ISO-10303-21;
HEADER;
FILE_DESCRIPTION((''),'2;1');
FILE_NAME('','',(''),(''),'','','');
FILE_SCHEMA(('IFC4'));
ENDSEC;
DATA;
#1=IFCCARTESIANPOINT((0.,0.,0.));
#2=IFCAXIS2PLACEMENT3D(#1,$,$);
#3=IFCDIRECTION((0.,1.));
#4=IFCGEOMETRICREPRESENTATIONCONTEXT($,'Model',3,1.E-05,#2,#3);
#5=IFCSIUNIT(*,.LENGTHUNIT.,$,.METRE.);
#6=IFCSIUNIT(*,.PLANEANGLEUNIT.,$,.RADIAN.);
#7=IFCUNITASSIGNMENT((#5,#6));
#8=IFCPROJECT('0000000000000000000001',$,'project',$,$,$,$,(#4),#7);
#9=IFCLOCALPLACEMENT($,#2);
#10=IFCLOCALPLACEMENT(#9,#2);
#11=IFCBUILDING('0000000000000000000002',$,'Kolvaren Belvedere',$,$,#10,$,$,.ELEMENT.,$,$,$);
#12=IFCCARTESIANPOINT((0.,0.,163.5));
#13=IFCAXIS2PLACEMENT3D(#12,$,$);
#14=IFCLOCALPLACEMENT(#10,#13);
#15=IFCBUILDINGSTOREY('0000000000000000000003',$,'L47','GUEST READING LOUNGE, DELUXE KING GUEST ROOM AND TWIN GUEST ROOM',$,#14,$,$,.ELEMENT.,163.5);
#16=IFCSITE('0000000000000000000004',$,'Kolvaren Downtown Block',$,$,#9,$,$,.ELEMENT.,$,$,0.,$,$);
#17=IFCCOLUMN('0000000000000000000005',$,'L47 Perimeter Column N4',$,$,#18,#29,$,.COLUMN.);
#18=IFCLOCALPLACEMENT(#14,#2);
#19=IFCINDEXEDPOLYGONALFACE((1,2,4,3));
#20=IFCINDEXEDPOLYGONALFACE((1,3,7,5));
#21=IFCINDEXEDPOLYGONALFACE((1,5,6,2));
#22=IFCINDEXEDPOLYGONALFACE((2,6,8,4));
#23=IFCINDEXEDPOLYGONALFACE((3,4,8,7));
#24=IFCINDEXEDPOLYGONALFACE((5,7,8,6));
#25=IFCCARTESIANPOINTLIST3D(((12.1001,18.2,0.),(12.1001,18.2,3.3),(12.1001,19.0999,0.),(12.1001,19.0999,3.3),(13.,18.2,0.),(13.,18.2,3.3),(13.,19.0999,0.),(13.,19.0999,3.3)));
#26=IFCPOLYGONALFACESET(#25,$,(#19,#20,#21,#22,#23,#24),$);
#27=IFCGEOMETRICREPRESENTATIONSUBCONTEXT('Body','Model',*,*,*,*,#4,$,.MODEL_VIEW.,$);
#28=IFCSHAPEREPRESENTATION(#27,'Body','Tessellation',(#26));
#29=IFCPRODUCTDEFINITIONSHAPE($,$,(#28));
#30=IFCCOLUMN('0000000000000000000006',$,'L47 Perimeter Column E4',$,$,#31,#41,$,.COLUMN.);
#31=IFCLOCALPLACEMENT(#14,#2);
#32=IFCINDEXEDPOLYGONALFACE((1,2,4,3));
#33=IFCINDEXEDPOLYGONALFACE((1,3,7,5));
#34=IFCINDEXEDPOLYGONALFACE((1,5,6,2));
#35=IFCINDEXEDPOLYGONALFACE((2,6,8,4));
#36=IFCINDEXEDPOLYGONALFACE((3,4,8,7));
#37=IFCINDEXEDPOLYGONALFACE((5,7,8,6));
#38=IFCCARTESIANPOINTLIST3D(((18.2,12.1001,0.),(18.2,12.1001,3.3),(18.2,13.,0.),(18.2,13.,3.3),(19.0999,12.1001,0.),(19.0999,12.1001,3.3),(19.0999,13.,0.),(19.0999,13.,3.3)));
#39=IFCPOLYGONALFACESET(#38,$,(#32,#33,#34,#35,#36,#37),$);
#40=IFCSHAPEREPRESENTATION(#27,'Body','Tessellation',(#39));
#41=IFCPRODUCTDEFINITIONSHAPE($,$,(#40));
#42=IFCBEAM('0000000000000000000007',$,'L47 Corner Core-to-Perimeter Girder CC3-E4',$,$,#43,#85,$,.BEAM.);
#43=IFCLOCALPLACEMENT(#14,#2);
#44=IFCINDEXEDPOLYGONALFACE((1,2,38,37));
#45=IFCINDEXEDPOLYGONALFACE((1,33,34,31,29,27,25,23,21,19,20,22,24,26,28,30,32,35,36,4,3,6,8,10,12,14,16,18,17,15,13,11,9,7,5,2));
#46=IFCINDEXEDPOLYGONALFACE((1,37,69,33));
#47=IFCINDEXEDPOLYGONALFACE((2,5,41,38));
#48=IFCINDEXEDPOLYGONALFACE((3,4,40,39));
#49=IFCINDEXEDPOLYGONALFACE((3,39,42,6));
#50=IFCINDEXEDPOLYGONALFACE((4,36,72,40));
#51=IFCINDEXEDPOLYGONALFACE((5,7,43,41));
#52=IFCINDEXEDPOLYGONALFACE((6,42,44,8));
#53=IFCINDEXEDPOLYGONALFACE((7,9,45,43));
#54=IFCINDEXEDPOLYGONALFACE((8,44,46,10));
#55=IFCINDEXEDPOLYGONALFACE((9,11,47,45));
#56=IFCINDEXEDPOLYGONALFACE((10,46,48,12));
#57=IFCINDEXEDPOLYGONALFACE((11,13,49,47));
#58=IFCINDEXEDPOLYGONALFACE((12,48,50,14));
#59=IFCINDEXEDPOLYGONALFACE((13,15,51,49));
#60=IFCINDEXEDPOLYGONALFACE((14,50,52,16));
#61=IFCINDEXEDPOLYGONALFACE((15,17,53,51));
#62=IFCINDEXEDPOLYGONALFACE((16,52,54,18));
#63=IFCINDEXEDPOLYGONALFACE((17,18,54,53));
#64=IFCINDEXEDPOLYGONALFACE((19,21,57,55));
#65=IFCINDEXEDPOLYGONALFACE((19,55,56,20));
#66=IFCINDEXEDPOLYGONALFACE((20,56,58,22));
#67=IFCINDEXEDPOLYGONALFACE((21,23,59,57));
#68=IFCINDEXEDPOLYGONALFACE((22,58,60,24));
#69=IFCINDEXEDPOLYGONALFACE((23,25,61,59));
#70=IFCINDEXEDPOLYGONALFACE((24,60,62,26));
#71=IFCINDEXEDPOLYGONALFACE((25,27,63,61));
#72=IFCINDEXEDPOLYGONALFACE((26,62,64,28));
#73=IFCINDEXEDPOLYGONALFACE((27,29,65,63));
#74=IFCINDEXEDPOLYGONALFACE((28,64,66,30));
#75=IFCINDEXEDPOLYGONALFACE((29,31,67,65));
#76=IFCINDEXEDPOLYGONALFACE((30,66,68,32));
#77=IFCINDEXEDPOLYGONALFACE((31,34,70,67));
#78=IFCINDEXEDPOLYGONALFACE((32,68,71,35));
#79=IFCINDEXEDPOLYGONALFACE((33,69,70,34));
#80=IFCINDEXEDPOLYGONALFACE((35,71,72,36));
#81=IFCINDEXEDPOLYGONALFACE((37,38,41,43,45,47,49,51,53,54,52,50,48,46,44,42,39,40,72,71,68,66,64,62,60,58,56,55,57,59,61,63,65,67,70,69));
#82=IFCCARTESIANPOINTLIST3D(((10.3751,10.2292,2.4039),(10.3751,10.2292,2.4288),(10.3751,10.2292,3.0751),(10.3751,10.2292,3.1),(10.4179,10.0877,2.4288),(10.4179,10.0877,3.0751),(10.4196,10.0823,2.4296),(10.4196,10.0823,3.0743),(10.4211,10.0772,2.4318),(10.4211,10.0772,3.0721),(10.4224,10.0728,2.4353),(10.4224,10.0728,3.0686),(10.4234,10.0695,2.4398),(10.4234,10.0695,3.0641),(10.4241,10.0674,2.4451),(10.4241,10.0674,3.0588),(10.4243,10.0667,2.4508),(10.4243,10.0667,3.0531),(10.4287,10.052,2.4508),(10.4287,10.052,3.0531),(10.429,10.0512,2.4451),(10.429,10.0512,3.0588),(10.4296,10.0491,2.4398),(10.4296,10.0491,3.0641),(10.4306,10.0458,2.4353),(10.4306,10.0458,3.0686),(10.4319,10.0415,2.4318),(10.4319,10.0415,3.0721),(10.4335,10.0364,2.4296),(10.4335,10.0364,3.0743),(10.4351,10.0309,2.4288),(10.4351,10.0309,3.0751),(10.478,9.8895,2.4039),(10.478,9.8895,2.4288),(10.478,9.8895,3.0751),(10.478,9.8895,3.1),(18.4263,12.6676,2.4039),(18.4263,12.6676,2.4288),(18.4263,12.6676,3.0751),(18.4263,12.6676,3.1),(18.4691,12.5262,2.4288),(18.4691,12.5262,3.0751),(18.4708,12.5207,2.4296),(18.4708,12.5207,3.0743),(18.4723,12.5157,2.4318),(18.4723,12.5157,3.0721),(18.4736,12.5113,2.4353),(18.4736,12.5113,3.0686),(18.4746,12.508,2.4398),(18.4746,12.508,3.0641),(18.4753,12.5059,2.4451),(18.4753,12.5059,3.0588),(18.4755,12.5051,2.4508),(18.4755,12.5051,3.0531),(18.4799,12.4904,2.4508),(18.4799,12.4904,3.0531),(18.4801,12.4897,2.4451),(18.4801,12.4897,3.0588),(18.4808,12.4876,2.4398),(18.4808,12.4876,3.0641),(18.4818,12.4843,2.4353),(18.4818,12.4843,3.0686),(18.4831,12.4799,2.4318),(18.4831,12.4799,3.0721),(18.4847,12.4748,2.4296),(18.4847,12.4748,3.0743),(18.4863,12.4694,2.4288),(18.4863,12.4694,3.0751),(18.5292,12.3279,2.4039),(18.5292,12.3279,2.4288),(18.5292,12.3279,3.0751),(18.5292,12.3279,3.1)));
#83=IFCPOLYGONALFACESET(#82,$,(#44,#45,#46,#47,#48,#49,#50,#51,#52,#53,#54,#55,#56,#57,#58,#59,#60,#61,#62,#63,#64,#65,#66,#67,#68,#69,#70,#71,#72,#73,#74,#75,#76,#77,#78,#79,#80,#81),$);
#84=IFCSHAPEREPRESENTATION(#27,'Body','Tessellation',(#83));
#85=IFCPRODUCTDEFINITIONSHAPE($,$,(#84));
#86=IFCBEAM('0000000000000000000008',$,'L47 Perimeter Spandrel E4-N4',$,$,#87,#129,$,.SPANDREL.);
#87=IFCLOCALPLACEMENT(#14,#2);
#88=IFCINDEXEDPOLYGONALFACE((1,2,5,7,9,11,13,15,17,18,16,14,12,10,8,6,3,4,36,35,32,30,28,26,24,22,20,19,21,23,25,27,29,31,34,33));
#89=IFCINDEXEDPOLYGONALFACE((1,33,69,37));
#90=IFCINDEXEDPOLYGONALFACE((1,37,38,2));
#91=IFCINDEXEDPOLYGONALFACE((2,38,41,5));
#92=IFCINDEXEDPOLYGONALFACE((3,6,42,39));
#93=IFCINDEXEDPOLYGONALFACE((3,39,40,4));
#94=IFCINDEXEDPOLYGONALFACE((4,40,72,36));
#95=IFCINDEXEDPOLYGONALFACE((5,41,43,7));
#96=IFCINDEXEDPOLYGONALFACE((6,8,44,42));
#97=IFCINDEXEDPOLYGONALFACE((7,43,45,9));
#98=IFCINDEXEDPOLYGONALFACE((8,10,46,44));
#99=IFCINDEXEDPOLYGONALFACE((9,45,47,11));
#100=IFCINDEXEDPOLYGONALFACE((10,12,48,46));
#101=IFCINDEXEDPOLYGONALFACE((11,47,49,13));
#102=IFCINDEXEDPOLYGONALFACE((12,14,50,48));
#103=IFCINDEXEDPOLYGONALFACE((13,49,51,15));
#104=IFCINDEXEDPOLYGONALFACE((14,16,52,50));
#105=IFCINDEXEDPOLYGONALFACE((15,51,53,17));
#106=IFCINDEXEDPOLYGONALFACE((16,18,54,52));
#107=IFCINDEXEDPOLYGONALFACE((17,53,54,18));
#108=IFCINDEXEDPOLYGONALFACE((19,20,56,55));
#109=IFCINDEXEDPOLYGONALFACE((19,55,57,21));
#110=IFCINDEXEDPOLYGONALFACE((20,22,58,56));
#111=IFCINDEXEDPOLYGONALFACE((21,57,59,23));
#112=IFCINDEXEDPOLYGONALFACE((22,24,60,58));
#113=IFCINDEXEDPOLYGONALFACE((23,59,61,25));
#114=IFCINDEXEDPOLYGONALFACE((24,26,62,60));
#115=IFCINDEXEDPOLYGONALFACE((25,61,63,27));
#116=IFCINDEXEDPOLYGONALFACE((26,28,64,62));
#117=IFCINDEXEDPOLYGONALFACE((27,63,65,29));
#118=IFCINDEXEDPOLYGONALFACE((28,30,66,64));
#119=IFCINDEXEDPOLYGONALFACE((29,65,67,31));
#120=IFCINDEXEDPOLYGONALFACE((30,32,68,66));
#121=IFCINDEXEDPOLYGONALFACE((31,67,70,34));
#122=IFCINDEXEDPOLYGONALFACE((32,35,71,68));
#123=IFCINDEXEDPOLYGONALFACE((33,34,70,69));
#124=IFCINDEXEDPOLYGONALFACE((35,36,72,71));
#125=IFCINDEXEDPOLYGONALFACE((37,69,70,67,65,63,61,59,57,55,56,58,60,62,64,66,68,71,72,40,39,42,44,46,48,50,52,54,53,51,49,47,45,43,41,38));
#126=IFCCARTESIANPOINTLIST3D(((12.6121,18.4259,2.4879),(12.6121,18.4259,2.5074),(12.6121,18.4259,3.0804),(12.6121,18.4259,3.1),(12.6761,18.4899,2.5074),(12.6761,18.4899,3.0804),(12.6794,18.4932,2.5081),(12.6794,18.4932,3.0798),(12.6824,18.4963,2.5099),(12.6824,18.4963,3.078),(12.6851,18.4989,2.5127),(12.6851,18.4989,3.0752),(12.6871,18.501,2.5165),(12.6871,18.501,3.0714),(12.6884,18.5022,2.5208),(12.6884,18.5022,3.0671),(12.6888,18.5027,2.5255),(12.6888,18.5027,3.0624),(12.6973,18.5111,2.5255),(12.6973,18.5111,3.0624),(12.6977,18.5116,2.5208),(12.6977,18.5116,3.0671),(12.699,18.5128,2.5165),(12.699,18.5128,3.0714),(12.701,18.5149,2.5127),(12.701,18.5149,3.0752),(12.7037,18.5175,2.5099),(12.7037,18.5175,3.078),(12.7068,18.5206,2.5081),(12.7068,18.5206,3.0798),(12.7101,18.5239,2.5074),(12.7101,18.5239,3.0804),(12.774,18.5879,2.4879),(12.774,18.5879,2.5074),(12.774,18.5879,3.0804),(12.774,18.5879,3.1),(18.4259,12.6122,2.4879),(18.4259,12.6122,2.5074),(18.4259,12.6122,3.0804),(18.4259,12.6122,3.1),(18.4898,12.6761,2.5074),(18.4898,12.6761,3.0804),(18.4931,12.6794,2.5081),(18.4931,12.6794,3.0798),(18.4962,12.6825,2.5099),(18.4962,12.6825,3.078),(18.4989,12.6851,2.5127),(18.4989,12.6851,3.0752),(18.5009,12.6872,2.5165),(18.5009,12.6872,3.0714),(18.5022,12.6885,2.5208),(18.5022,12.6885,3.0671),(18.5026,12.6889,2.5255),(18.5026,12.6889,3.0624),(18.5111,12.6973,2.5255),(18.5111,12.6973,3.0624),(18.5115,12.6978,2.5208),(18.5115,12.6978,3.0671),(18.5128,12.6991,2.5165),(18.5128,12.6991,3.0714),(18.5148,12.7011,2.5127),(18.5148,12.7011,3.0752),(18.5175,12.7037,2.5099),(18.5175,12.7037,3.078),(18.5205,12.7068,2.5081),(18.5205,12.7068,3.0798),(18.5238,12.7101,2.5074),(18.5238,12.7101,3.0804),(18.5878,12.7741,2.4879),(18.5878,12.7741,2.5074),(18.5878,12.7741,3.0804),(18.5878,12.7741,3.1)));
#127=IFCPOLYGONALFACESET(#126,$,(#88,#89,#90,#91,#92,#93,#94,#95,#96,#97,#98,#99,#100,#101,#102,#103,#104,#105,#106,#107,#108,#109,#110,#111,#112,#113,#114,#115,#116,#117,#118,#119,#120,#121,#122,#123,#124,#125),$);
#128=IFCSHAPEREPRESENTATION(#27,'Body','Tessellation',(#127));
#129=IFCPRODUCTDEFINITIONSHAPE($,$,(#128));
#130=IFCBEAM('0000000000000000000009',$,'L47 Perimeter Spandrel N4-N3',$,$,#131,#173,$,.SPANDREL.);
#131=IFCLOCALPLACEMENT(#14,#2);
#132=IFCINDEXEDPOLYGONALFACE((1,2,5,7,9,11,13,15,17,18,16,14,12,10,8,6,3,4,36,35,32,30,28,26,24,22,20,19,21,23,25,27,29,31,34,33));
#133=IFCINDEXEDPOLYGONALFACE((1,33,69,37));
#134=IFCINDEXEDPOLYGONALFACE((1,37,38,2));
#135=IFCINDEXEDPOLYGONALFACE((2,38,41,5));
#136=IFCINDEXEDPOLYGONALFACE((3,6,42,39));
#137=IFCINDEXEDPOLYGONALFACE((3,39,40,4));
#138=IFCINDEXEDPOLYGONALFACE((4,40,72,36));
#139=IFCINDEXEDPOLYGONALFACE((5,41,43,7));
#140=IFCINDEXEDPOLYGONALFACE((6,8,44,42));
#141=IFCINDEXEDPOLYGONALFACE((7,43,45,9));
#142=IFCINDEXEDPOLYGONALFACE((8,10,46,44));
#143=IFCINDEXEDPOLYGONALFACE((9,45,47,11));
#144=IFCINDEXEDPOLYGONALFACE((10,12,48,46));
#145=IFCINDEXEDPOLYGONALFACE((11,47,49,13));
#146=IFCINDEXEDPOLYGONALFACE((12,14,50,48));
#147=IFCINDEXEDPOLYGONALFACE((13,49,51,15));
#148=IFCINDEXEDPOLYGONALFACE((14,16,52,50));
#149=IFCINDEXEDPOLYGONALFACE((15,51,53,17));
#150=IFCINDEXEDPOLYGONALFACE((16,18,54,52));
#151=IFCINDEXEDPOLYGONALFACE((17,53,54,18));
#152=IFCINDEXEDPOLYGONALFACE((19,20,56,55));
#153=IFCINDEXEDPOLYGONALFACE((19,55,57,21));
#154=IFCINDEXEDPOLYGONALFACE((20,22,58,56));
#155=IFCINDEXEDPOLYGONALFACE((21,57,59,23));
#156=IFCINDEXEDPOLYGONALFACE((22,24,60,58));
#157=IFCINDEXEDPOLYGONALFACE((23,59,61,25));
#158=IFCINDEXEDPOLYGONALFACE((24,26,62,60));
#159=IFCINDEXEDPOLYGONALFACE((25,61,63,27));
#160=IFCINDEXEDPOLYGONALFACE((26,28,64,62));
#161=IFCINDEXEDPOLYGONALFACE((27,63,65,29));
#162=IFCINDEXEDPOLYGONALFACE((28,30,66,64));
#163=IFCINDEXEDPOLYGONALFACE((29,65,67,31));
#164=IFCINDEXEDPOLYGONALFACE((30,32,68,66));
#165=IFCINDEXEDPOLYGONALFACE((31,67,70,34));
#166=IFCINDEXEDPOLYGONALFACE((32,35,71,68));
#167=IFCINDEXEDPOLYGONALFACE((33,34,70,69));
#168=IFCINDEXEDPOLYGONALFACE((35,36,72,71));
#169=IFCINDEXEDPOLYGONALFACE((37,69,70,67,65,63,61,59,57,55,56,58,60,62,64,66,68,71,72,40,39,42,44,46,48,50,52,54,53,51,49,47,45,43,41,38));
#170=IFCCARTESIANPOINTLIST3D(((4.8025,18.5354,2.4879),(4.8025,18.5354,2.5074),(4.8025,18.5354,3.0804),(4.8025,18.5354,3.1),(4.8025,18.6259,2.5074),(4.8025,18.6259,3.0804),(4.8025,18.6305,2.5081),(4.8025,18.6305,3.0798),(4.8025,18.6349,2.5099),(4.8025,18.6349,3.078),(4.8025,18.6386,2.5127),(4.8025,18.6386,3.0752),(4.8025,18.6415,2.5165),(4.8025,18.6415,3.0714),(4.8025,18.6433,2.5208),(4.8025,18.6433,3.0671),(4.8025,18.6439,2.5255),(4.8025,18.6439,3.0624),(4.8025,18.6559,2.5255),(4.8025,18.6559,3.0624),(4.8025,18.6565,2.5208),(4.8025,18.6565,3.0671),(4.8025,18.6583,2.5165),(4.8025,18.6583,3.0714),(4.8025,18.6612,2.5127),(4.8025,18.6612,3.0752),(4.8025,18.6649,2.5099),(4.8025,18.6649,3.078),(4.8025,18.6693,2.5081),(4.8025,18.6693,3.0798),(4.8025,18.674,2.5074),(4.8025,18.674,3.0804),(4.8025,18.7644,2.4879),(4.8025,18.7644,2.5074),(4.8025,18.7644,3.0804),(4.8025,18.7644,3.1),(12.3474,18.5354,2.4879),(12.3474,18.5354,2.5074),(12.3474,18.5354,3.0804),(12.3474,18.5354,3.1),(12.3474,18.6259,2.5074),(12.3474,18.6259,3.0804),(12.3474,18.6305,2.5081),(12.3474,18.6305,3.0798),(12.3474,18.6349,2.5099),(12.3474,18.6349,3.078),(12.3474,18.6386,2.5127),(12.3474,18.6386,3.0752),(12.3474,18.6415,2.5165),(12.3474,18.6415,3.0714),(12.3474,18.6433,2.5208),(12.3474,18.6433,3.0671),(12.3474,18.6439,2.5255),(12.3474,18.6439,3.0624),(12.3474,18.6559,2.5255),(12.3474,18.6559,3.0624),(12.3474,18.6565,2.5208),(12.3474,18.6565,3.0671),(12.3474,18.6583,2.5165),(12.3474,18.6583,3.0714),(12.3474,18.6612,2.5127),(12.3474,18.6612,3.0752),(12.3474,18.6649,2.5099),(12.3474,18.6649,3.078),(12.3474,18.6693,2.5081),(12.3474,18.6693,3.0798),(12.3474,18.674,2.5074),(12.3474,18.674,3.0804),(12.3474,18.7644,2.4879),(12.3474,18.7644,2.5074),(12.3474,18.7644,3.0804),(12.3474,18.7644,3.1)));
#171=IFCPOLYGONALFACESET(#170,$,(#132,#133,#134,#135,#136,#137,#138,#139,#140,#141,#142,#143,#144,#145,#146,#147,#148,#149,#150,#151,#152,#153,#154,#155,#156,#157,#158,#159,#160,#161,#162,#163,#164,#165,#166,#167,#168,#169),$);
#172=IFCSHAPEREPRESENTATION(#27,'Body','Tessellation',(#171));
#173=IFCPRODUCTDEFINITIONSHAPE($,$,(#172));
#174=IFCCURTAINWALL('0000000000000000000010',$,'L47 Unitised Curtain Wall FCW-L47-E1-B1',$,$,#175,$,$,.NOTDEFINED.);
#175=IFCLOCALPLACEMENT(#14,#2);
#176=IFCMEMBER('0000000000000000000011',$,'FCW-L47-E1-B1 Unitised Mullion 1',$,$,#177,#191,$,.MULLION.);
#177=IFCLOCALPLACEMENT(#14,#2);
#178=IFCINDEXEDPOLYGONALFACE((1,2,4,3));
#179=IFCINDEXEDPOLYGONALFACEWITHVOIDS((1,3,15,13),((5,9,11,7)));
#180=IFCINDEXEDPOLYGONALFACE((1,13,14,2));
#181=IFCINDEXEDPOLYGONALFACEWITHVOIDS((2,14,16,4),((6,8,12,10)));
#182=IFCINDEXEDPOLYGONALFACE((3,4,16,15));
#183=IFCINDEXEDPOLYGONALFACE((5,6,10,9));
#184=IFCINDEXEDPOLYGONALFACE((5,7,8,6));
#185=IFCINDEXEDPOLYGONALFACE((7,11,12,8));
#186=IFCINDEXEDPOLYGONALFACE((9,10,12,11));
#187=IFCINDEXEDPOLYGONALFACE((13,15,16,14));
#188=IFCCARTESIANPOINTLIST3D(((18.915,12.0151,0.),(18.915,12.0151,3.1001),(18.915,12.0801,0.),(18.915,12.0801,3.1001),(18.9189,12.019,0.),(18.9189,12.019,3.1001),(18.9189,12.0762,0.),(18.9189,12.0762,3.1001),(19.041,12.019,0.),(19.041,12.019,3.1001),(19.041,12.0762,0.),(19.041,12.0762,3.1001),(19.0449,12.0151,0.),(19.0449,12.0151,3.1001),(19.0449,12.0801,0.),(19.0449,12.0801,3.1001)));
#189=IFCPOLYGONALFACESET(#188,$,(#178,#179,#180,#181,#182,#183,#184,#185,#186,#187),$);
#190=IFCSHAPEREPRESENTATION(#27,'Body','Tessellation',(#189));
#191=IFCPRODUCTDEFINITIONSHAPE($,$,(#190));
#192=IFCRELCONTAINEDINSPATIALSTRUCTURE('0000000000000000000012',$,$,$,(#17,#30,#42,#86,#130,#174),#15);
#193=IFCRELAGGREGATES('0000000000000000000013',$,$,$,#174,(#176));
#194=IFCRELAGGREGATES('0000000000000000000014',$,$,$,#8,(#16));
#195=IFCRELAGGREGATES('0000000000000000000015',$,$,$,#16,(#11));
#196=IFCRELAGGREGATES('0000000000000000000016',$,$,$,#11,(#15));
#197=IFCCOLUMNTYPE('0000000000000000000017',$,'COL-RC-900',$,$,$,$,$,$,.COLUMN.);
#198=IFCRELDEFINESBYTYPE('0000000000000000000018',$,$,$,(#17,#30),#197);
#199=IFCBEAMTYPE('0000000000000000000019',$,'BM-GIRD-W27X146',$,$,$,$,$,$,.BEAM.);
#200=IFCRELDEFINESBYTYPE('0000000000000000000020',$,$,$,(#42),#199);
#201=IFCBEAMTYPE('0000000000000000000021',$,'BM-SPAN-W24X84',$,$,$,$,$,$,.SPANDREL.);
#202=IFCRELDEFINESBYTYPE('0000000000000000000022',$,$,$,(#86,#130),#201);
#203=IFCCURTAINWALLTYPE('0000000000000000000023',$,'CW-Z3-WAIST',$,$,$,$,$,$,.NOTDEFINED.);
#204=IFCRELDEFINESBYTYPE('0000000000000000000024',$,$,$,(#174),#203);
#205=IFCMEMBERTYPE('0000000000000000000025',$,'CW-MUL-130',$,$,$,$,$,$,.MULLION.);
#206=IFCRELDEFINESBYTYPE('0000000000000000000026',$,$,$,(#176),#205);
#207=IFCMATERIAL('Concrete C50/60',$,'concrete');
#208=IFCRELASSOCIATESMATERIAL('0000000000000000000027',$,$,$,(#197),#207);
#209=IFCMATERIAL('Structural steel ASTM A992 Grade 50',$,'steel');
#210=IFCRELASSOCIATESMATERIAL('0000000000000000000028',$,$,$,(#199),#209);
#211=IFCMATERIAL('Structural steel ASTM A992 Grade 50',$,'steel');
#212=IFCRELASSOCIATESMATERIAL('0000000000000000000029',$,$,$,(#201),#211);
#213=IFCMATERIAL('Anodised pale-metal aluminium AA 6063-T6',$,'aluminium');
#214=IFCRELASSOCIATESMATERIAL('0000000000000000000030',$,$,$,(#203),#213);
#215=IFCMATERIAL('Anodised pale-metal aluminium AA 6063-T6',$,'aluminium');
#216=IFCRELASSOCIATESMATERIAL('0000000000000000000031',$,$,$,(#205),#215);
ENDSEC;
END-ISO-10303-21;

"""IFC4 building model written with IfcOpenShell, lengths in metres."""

from ifc_helpers import new_model, si_unit, direction, frame, origin, origin_2d, place, context, subcontext, project, spatial, rectangle, hollow_rectangle, i_section, extrude, material, material_profile, profile_set, type_object, element, aggregate, save


model = new_model("IFC4")

# Units and contexts
model_context = context("Model", 3, precision=1e-05, world=origin(), true_north=direction((0.0, 1.0)))
body_context = subcontext(model_context, "Body", "Model", "MODEL_VIEW")
ifc_project = project(units=[si_unit("LENGTHUNIT", "METRE"), si_unit("PLANEANGLEUNIT", "RADIAN")], contexts=[model_context])

# Site, building, storey
site_placement = place(None, origin())
site = spatial("IfcSite", under=ifc_project, at=site_placement, Name="Kolvaren Downtown Block", CompositionType="ELEMENT", RefElevation=0.0)
building_placement = place(site_placement, origin())
building = spatial("IfcBuilding", under=site, at=building_placement, Name="Kolvaren Belvedere", CompositionType="ELEMENT")
storey_placement = place(building_placement, frame((0.0, 0.0, 163.5)))
storey = spatial("IfcBuildingStorey", under=building, at=storey_placement, Name="L47", Description="GUEST READING LOUNGE, DELUXE KING GUEST ROOM AND TWIN GUEST ROOM", CompositionType="ELEMENT", Elevation=163.5)

# Columns
ifc_material_1 = material(Name="Concrete C50/60", Category="concrete")
ifc_material_profile_1 = material_profile(ifc_material_1, rectangle(XDim=0.8999, YDim=0.8999, at=origin_2d()), Name="RC 900X900")
ifc_profile_set_1 = profile_set([ifc_material_profile_1], Name="Concrete C50/60")
column_type = type_object("IfcColumnType", Name="COL-RC-900", PredefinedType="COLUMN", material=ifc_profile_set_1)
for number, where, z_axis, x_axis, name in (
    (1, (12.55, 18.6499, 0.0), (0.0, 0.0, 1.0), (1.0, 0.0, 0.0), "L47 Perimeter Column N4"),
    (2, (18.6499, 12.55, 0.0), (0.0, 0.0, 1.0), (1.0, 0.0, 0.0), "L47 Perimeter Column E4"),
):
    element("IfcColumn", number, at=place(storey_placement, frame(where, z_axis=z_axis, x_axis=x_axis)), inside=storey, type_object=column_type, Name=name, PredefinedType="COLUMN", context=body_context, shape_type="SweptSolid", body=[
        extrude(rectangle(XDim=0.8999, YDim=0.8999, at=origin_2d()), origin(), (0.0, 0.0, 1.0), 3.3),
    ])

# Beams
ifc_material_2 = material(Name="Structural steel ASTM A992 Grade 50", Category="steel")
ifc_material_profile_2 = material_profile(ifc_material_2, i_section(OverallWidth=0.355, OverallDepth=0.696, WebThickness=0.0154, FlangeThickness=0.0249, FilletRadius=0.022, at=origin_2d()), Name="W27X146")
ifc_profile_set_2 = profile_set([ifc_material_profile_2], Name="Structural steel ASTM A992 Grade 50")
beam_type_1 = type_object("IfcBeamType", Name="BM-GIRD-W27X146", PredefinedType="BEAM", material=ifc_profile_set_2)
beam_1_placement = place(storey_placement, frame((10.4265, 10.0593, 2.752), z_axis=(0.957067, 0.289866, 0.0), x_axis=(-0.289866, 0.957067, 0.0)))
element("IfcBeam", 3, at=beam_1_placement, inside=storey, type_object=beam_type_1, Name="L47 Corner Core-to-Perimeter Girder CC3-E4", PredefinedType="BEAM", context=body_context, shape_type="SweptSolid", body=[
    extrude(i_section(OverallWidth=0.355, OverallDepth=0.696, WebThickness=0.0154, FlangeThickness=0.0249, FilletRadius=0.022, at=origin_2d()), origin(), (0.0, 0.0, 1.0), 8.4124),
])
ifc_material_3 = material(Name="Structural steel ASTM A992 Grade 50", Category="steel")
ifc_material_profile_3 = material_profile(ifc_material_3, i_section(OverallWidth=0.229, OverallDepth=0.6121, WebThickness=0.012, FlangeThickness=0.0195, FilletRadius=0.0181, at=origin_2d()), Name="W24X84")
ifc_profile_set_3 = profile_set([ifc_material_profile_3], Name="Structural steel ASTM A992 Grade 50")
beam_type_2 = type_object("IfcBeamType", Name="BM-SPAN-W24X84", PredefinedType="SPANDREL", material=ifc_profile_set_3)
beam_2_placement = place(storey_placement, frame((18.5068, 12.6931, 2.7939), z_axis=(-0.707107, 0.707107, 0.0), x_axis=(-0.707107, -0.707107, 0.0)))
element("IfcBeam", 4, at=beam_2_placement, inside=storey, type_object=beam_type_2, Name="L47 Perimeter Spandrel E4-N4", PredefinedType="SPANDREL", context=body_context, shape_type="SweptSolid", body=[
    extrude(i_section(OverallWidth=0.229, OverallDepth=0.6121, WebThickness=0.012, FlangeThickness=0.0195, FilletRadius=0.0181, at=origin_2d()), origin(), (0.0, 0.0, 1.0), 8.2219),
])
beam_3_placement = place(storey_placement, frame((12.3474, 18.6499, 2.7939), z_axis=(-1.0, 0.0, 0.0), x_axis=(0.0, -1.0, 0.0)))
element("IfcBeam", 5, at=beam_3_placement, inside=storey, type_object=beam_type_2, Name="L47 Perimeter Spandrel N4-N3", PredefinedType="SPANDREL", context=body_context, shape_type="SweptSolid", body=[
    extrude(i_section(OverallWidth=0.229, OverallDepth=0.6121, WebThickness=0.012, FlangeThickness=0.0195, FilletRadius=0.0181, at=origin_2d()), origin(), (0.0, 0.0, 1.0), 7.5449),
])

# Curtain wall, member
ifc_material_4 = material(Name="Anodised pale-metal aluminium AA 6063-T6", Category="aluminium")
curtain_wall_type = type_object("IfcCurtainWallType", Name="CW-Z3-WAIST", PredefinedType="NOTDEFINED", material=ifc_material_4)
curtain_wall_1_placement = place(storey_placement, origin())
curtain_wall_1 = element("IfcCurtainWall", 6, at=curtain_wall_1_placement, inside=storey, type_object=curtain_wall_type, Name="L47 Unitised Curtain Wall FCW-L47-E1-B1", PredefinedType="NOTDEFINED")
ifc_material_5 = material(Name="Anodised pale-metal aluminium AA 6063-T6", Category="aluminium")
ifc_material_profile_4 = material_profile(ifc_material_5, hollow_rectangle(XDim=0.0649, YDim=0.1299, WallThickness=0.0039, at=origin_2d()), Name="ALU-MUL-130X65")
ifc_profile_set_4 = profile_set([ifc_material_profile_4], Name="Anodised pale-metal aluminium AA 6063-T6")
member_type_1 = type_object("IfcMemberType", Name="CW-MUL-130", PredefinedType="MULLION", material=ifc_profile_set_4)
member_1_placement = place(storey_placement, frame((18.98, 12.0476, 0.0), z_axis=(0.0, 0.0, 1.0), x_axis=(0.0, 1.0, 0.0)))
member_1 = element("IfcMember", 7, at=member_1_placement, type_object=member_type_1, Name="FCW-L47-E1-B1 Unitised Mullion 1", PredefinedType="MULLION", context=body_context, shape_type="SweptSolid", body=[
    extrude(hollow_rectangle(XDim=0.0649, YDim=0.1299, WallThickness=0.0039, at=origin_2d()), origin(), (0.0, 0.0, 1.0), 3.1001),
])

aggregate(curtain_wall_1, [member_1])

save(model, "model.ifc")
